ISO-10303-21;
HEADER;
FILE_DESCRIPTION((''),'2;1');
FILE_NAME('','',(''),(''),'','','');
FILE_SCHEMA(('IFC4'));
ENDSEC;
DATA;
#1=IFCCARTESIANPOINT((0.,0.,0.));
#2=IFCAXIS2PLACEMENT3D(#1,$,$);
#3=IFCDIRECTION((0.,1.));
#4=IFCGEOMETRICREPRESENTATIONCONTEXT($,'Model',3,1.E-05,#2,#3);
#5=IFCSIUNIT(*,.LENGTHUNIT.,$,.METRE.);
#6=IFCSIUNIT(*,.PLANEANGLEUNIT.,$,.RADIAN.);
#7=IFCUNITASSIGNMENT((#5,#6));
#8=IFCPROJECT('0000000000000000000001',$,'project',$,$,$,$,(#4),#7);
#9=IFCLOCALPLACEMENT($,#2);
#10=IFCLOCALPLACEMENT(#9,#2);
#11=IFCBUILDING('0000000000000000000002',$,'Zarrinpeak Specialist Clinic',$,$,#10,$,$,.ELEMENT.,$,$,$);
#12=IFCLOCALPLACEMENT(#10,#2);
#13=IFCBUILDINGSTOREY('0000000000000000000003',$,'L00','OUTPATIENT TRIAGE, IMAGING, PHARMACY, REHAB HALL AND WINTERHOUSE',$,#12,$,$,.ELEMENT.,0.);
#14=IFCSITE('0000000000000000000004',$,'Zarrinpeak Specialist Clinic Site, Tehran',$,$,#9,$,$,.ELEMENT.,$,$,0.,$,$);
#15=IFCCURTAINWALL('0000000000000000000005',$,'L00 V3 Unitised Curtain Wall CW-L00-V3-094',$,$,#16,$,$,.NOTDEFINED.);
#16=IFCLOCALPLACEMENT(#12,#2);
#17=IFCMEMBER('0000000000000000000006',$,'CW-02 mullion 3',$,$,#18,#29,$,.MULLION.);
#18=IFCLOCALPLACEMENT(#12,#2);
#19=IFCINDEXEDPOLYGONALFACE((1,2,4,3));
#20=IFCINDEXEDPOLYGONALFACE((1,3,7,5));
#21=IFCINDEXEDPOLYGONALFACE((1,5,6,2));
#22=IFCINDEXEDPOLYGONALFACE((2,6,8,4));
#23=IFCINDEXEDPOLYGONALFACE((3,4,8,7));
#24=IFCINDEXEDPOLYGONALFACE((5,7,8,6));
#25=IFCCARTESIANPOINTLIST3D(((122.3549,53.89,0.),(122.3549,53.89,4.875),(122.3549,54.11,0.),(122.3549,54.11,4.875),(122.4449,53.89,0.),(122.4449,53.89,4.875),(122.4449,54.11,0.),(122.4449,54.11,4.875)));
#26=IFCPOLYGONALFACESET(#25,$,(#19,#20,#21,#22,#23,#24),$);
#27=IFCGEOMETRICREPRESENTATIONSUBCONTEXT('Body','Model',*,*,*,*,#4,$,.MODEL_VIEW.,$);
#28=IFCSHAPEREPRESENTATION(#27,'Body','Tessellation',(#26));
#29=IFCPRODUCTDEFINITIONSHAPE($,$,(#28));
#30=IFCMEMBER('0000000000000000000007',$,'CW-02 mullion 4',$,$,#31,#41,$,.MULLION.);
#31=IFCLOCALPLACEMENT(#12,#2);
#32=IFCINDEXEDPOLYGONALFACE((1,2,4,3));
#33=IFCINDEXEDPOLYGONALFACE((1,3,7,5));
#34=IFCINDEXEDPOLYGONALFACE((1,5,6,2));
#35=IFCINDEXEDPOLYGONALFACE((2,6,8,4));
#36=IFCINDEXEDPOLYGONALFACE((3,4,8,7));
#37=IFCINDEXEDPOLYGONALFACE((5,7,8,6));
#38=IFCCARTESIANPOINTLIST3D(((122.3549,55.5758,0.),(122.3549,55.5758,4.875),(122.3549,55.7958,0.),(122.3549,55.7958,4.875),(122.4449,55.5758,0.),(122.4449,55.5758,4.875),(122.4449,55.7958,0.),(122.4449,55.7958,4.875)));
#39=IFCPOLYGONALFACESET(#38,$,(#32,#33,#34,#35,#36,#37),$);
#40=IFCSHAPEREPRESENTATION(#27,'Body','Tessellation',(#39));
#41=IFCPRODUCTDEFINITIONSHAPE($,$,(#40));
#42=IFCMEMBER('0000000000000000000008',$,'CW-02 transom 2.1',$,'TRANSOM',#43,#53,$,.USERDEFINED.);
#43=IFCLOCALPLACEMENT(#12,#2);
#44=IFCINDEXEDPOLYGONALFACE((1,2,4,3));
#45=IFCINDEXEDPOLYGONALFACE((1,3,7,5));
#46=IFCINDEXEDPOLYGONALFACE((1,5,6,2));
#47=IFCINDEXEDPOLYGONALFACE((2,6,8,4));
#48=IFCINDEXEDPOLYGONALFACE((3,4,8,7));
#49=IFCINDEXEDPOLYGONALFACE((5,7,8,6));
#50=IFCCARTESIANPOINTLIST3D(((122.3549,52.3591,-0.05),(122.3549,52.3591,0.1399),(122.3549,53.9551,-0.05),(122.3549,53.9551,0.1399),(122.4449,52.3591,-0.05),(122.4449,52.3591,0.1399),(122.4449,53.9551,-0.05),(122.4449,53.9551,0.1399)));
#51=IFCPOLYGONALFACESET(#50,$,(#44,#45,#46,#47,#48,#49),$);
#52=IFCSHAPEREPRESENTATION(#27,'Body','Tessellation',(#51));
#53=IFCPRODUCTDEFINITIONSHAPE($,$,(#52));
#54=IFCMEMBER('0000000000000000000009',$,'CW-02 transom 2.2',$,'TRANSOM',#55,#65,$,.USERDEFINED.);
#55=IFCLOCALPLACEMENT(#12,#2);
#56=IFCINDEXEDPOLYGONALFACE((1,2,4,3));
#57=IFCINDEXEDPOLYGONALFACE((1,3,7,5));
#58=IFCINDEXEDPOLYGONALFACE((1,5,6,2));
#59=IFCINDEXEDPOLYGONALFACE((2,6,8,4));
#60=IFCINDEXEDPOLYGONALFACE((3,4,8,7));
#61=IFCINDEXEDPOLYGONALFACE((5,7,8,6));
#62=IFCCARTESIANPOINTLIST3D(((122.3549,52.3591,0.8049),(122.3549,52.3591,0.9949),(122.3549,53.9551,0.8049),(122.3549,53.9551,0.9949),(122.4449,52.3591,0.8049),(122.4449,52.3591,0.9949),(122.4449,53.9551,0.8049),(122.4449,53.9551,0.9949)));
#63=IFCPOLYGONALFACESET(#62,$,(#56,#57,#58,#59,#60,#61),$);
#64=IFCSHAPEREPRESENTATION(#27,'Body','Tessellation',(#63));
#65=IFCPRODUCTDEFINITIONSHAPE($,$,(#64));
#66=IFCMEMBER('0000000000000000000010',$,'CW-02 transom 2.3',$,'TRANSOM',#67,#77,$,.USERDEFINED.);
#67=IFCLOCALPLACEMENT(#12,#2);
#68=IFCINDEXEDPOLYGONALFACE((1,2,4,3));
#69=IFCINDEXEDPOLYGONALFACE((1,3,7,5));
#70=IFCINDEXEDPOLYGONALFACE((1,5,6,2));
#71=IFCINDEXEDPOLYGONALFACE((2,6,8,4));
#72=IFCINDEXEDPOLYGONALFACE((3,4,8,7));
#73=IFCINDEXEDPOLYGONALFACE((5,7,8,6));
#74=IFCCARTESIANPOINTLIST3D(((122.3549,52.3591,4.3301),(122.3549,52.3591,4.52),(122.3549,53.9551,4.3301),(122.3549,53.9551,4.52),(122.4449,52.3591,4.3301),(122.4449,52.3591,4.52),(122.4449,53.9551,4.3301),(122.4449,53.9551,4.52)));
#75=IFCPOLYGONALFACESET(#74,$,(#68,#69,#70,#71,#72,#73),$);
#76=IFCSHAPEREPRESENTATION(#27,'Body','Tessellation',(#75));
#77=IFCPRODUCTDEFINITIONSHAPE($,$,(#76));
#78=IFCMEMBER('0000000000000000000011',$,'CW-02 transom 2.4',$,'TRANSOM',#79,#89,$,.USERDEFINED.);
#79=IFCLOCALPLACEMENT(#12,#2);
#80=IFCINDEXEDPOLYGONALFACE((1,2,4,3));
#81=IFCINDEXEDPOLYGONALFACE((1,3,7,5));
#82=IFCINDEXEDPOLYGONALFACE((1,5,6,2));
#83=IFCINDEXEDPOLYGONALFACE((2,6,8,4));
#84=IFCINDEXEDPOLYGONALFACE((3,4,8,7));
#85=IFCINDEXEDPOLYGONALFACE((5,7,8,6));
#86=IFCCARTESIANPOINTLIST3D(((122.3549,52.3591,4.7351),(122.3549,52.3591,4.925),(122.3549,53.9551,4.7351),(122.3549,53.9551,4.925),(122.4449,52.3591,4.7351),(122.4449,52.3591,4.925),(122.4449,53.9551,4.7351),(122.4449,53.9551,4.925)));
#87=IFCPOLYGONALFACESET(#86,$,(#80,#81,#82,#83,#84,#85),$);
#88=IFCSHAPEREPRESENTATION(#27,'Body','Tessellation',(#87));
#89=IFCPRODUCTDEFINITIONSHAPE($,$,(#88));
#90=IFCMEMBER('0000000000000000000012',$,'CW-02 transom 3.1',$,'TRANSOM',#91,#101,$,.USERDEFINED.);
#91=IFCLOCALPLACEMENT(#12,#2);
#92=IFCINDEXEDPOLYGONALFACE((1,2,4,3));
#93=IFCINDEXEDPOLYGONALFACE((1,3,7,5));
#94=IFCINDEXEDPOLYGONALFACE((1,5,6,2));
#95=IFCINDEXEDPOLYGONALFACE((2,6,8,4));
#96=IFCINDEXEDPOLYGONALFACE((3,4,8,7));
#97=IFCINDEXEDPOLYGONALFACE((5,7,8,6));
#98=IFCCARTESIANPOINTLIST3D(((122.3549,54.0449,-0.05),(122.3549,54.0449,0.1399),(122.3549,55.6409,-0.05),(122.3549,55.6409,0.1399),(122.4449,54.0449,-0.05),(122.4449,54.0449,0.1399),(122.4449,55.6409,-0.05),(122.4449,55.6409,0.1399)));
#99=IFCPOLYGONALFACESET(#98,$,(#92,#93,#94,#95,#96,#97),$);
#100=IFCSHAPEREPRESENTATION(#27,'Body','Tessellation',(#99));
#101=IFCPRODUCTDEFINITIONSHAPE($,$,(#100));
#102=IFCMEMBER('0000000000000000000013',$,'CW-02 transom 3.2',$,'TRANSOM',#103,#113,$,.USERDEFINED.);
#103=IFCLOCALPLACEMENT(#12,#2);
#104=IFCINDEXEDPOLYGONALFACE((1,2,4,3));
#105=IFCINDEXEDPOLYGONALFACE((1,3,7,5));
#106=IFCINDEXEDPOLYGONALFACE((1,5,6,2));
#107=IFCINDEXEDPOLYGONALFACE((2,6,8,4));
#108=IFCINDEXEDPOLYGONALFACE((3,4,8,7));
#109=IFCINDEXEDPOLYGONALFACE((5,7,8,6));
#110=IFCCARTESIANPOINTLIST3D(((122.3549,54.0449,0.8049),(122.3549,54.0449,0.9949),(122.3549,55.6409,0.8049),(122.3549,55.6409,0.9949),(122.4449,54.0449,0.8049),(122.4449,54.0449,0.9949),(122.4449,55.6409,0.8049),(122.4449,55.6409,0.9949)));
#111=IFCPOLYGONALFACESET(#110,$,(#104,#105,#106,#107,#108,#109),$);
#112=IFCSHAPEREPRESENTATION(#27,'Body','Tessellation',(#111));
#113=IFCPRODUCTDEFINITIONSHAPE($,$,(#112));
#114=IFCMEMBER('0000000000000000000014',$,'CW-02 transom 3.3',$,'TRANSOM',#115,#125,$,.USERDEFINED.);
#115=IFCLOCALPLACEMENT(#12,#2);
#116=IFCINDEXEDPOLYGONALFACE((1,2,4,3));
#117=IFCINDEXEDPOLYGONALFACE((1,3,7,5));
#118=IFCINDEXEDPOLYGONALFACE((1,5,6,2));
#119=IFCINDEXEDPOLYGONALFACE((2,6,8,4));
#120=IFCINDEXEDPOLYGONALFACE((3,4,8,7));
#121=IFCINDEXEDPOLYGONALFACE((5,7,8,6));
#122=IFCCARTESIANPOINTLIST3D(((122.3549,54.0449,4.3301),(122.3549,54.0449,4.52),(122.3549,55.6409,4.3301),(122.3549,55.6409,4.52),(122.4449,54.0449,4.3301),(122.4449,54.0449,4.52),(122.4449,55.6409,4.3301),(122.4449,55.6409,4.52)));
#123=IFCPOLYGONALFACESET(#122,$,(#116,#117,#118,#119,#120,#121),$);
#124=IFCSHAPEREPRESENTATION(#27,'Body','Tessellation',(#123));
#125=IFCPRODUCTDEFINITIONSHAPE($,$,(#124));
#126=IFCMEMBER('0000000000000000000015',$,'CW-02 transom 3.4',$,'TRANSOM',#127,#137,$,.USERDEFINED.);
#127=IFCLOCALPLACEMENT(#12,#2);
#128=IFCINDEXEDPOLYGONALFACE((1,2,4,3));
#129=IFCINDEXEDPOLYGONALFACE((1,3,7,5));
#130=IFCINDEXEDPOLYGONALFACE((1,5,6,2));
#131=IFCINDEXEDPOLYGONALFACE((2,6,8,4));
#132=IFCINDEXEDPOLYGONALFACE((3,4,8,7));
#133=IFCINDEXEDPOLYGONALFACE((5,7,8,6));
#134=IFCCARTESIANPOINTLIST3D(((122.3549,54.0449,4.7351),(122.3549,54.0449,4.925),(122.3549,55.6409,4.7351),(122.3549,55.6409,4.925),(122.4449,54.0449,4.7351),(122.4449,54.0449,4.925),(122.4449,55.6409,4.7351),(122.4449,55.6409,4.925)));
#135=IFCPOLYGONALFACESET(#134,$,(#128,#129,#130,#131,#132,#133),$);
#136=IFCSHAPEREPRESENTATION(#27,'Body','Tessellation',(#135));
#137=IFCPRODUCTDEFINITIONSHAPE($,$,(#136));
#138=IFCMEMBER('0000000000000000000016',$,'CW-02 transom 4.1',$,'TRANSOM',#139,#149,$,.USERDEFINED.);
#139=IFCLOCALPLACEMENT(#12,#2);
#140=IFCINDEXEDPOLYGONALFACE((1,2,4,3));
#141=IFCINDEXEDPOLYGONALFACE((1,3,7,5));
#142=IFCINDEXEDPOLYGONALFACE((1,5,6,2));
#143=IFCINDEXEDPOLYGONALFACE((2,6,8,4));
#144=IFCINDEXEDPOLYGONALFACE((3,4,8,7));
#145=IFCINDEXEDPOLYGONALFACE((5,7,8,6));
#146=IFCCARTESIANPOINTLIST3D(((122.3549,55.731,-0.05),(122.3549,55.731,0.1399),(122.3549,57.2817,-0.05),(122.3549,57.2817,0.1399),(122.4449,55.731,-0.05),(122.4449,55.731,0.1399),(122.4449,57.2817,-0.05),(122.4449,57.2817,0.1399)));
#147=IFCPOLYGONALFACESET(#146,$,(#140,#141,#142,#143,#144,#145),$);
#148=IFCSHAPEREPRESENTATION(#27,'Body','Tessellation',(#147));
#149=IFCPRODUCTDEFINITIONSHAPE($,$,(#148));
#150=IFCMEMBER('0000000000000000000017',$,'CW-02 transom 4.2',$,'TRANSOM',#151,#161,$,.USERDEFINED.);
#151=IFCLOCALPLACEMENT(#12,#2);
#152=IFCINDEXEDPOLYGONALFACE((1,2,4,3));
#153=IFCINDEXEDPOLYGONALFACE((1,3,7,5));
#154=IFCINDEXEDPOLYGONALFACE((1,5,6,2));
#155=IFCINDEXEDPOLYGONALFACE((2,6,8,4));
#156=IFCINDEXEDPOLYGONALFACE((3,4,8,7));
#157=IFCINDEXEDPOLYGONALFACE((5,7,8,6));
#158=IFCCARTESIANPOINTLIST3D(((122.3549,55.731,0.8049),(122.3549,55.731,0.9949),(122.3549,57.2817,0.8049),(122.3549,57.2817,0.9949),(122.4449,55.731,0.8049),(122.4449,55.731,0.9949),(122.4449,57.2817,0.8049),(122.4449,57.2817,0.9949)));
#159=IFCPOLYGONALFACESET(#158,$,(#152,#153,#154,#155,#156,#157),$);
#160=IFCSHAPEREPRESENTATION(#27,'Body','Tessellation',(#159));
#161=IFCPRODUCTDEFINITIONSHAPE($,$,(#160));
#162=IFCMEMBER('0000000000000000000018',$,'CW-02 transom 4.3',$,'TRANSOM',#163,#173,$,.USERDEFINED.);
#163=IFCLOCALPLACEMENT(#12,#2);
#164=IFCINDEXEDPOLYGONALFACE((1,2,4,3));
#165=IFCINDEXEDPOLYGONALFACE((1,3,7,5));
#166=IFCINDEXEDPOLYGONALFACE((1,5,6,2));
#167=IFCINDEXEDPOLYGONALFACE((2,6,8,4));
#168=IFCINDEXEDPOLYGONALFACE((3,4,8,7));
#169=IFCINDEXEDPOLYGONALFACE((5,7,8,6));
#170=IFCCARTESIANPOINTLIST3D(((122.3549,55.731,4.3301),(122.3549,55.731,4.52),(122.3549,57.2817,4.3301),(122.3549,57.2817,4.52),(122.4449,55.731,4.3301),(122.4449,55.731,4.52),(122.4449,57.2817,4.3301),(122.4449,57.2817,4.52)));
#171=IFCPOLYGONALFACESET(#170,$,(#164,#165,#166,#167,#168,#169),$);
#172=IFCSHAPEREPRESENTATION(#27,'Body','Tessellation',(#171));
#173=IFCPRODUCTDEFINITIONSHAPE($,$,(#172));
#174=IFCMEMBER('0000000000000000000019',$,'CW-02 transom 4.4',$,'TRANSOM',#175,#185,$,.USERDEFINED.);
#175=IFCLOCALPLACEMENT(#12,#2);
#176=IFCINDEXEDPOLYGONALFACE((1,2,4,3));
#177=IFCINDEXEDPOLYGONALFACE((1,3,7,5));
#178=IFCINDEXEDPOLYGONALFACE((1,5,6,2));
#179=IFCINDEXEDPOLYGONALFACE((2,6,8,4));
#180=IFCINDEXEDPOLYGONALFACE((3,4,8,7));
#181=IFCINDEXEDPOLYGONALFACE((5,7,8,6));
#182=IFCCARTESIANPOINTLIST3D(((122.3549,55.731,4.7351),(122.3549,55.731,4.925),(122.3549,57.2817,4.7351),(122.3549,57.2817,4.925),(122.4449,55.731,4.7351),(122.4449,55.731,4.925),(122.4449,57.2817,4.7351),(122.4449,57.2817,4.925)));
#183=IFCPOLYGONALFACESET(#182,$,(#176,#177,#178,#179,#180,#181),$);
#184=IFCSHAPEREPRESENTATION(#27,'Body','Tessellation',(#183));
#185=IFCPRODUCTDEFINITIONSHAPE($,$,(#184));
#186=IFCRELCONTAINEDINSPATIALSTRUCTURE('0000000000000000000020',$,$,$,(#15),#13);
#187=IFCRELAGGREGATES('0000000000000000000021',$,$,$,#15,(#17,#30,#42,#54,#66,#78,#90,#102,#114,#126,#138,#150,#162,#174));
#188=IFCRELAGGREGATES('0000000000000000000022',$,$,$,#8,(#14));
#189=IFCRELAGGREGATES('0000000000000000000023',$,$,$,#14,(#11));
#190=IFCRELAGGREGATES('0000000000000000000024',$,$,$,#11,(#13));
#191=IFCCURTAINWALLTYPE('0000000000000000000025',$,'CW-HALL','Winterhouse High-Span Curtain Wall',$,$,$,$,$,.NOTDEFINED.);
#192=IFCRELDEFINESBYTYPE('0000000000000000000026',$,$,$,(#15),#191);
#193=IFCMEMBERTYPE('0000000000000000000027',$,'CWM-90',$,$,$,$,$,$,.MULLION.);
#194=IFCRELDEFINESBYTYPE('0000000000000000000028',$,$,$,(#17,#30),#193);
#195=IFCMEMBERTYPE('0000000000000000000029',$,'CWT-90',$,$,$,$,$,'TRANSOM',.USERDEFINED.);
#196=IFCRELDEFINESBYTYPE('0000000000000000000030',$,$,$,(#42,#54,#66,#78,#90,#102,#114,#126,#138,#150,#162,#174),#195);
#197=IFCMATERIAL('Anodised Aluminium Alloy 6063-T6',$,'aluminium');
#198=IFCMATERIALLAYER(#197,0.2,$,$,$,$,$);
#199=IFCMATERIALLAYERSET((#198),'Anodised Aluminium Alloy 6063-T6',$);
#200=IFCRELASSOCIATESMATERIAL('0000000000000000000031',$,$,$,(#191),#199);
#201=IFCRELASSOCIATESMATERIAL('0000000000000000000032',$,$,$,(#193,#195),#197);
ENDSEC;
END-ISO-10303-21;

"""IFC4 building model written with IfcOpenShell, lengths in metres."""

from ifc_helpers import new_model, si_unit, direction, frame, origin, origin_2d, place, context, subcontext, project, spatial, rectangle, extrude, material, layer, layer_set, material_profile, profile_set, type_object, element, aggregate, save


model = new_model("IFC4")

# Units and contexts
model_context = context("Model", 3, precision=1e-05, world=origin(), true_north=direction((0.0, 1.0)))
body_context = subcontext(model_context, "Body", "Model", "MODEL_VIEW")
ifc_project = project(units=[si_unit("LENGTHUNIT", "METRE"), si_unit("PLANEANGLEUNIT", "RADIAN")], contexts=[model_context])

# Site, building, storey
site_placement = place(None, origin())
site = spatial("IfcSite", under=ifc_project, at=site_placement, Name="Zarrinpeak Specialist Clinic Site, Tehran", CompositionType="ELEMENT", RefElevation=0.0)
building_placement = place(site_placement, origin())
building = spatial("IfcBuilding", under=site, at=building_placement, Name="Zarrinpeak Specialist Clinic", CompositionType="ELEMENT")
storey_placement = place(building_placement, origin())
storey = spatial("IfcBuildingStorey", under=building, at=storey_placement, Name="L00", Description="OUTPATIENT TRIAGE, IMAGING, PHARMACY, REHAB HALL AND WINTERHOUSE", CompositionType="ELEMENT", Elevation=0.0)

# Curtain wall, members
ifc_material_1 = material(Name="Anodised Aluminium Alloy 6063-T6", Category="aluminium")
ifc_layer_1 = layer(ifc_material_1, 0.2)
ifc_layer_set_1 = layer_set([ifc_layer_1], Name="Anodised Aluminium Alloy 6063-T6")
curtain_wall_type = type_object("IfcCurtainWallType", Name="CW-HALL", Description="Winterhouse High-Span Curtain Wall", PredefinedType="NOTDEFINED", material=ifc_layer_set_1)
curtain_wall_placement = place(storey_placement, origin())
curtain_wall = element("IfcCurtainWall", 1, at=curtain_wall_placement, inside=storey, type_object=curtain_wall_type, Name="L00 V3 Unitised Curtain Wall CW-L00-V3-094", PredefinedType="NOTDEFINED")
ifc_material_profile_1 = material_profile(ifc_material_1, rectangle(XDim=0.0901, YDim=0.22, at=origin_2d()), Name="ALU 90x220")
ifc_profile_set_1 = profile_set([ifc_material_profile_1], Name="Anodised Aluminium Alloy 6063-T6")
member_type_1 = type_object("IfcMemberType", Name="CWM-90", PredefinedType="MULLION", material=ifc_profile_set_1)
member_1_placement = place(storey_placement, frame((122.3999, 54.0, 0.0), z_axis=(0.0, 0.0, 1.0), x_axis=(-1.0, 0.0, 0.0)))
member_1 = element("IfcMember", 2, at=member_1_placement, type_object=member_type_1, Name="CW-02 mullion 3", PredefinedType="MULLION", context=body_context, shape_type="SweptSolid", body=[
    extrude(rectangle(XDim=0.0901, YDim=0.22, at=origin_2d()), origin(), (0.0, 0.0, 1.0), 4.875),
])
member_2_placement = place(storey_placement, frame((122.3999, 55.6858, 0.0), z_axis=(0.0, 0.0, 1.0), x_axis=(-1.0, 0.0, 0.0)))
member_2 = element("IfcMember", 3, at=member_2_placement, type_object=member_type_1, Name="CW-02 mullion 4", PredefinedType="MULLION", context=body_context, shape_type="SweptSolid", body=[
    extrude(rectangle(XDim=0.0901, YDim=0.22, at=origin_2d()), origin(), (0.0, 0.0, 1.0), 4.875),
])
ifc_material_profile_2 = material_profile(ifc_material_1, rectangle(XDim=0.0901, YDim=0.1899, at=origin_2d()), Name="ALU 90x190")
ifc_profile_set_2 = profile_set([ifc_material_profile_2], Name="Anodised Aluminium Alloy 6063-T6")
member_type_2 = type_object("IfcMemberType", Name="CWT-90", ElementType="TRANSOM", PredefinedType="USERDEFINED", material=ifc_profile_set_2)
member_3_placement = place(storey_placement, frame((122.3999, 52.3591, 0.0449), z_axis=(0.0, 1.0, 0.0), x_axis=(-1.0, 0.0, 0.0)))
member_3 = element("IfcMember", 4, at=member_3_placement, type_object=member_type_2, Name="CW-02 transom 2.1", ObjectType="TRANSOM", PredefinedType="USERDEFINED", context=body_context, shape_type="SweptSolid", body=[
    extrude(rectangle(XDim=0.0901, YDim=0.1899, at=origin_2d()), origin(), (0.0, 0.0, 1.0), 1.5959),
])
member_4_placement = place(storey_placement, frame((122.3999, 52.3591, 0.8999), z_axis=(0.0, 1.0, 0.0), x_axis=(-1.0, 0.0, 0.0)))
member_4 = element("IfcMember", 5, at=member_4_placement, type_object=member_type_2, Name="CW-02 transom 2.2", ObjectType="TRANSOM", PredefinedType="USERDEFINED", context=body_context, shape_type="SweptSolid", body=[
    extrude(rectangle(XDim=0.0901, YDim=0.1899, at=origin_2d()), origin(), (0.0, 0.0, 1.0), 1.5959),
])
member_5_placement = place(storey_placement, frame((122.3999, 52.3591, 4.425), z_axis=(0.0, 1.0, 0.0), x_axis=(-1.0, 0.0, 0.0)))
member_5 = element("IfcMember", 6, at=member_5_placement, type_object=member_type_2, Name="CW-02 transom 2.3", ObjectType="TRANSOM", PredefinedType="USERDEFINED", context=body_context, shape_type="SweptSolid", body=[
    extrude(rectangle(XDim=0.0901, YDim=0.1899, at=origin_2d()), origin(), (0.0, 0.0, 1.0), 1.5959),
])
member_6_placement = place(storey_placement, frame((122.3999, 52.3591, 4.8301), z_axis=(0.0, 1.0, 0.0), x_axis=(-1.0, 0.0, 0.0)))
member_6 = element("IfcMember", 7, at=member_6_placement, type_object=member_type_2, Name="CW-02 transom 2.4", ObjectType="TRANSOM", PredefinedType="USERDEFINED", context=body_context, shape_type="SweptSolid", body=[
    extrude(rectangle(XDim=0.0901, YDim=0.1899, at=origin_2d()), origin(), (0.0, 0.0, 1.0), 1.5959),
])
member_7_placement = place(storey_placement, frame((122.3999, 54.0449, 0.0449), z_axis=(0.0, 1.0, 0.0), x_axis=(-1.0, 0.0, 0.0)))
member_7 = element("IfcMember", 8, at=member_7_placement, type_object=member_type_2, Name="CW-02 transom 3.1", ObjectType="TRANSOM", PredefinedType="USERDEFINED", context=body_context, shape_type="SweptSolid", body=[
    extrude(rectangle(XDim=0.0901, YDim=0.1899, at=origin_2d()), origin(), (0.0, 0.0, 1.0), 1.5959),
])
member_8_placement = place(storey_placement, frame((122.3999, 54.0449, 0.8999), z_axis=(0.0, 1.0, 0.0), x_axis=(-1.0, 0.0, 0.0)))
member_8 = element("IfcMember", 9, at=member_8_placement, type_object=member_type_2, Name="CW-02 transom 3.2", ObjectType="TRANSOM", PredefinedType="USERDEFINED", context=body_context, shape_type="SweptSolid", body=[
    extrude(rectangle(XDim=0.0901, YDim=0.1899, at=origin_2d()), origin(), (0.0, 0.0, 1.0), 1.5959),
])
member_9_placement = place(storey_placement, frame((122.3999, 54.0449, 4.425), z_axis=(0.0, 1.0, 0.0), x_axis=(-1.0, 0.0, 0.0)))
member_9 = element("IfcMember", 10, at=member_9_placement, type_object=member_type_2, Name="CW-02 transom 3.3", ObjectType="TRANSOM", PredefinedType="USERDEFINED", context=body_context, shape_type="SweptSolid", body=[
    extrude(rectangle(XDim=0.0901, YDim=0.1899, at=origin_2d()), origin(), (0.0, 0.0, 1.0), 1.5959),
])
member_10_placement = place(storey_placement, frame((122.3999, 54.0449, 4.8301), z_axis=(0.0, 1.0, 0.0), x_axis=(-1.0, 0.0, 0.0)))
member_10 = element("IfcMember", 11, at=member_10_placement, type_object=member_type_2, Name="CW-02 transom 3.4", ObjectType="TRANSOM", PredefinedType="USERDEFINED", context=body_context, shape_type="SweptSolid", body=[
    extrude(rectangle(XDim=0.0901, YDim=0.1899, at=origin_2d()), origin(), (0.0, 0.0, 1.0), 1.5959),
])
member_11_placement = place(storey_placement, frame((122.3999, 55.731, 0.0449), z_axis=(0.0, 1.0, 0.0), x_axis=(-1.0, 0.0, 0.0)))
member_11 = element("IfcMember", 12, at=member_11_placement, type_object=member_type_2, Name="CW-02 transom 4.1", ObjectType="TRANSOM", PredefinedType="USERDEFINED", context=body_context, shape_type="SweptSolid", body=[
    extrude(rectangle(XDim=0.0901, YDim=0.1899, at=origin_2d()), origin(), (0.0, 0.0, 1.0), 1.5508),
])
member_12_placement = place(storey_placement, frame((122.3999, 55.731, 0.8999), z_axis=(0.0, 1.0, 0.0), x_axis=(-1.0, 0.0, 0.0)))
member_12 = element("IfcMember", 13, at=member_12_placement, type_object=member_type_2, Name="CW-02 transom 4.2", ObjectType="TRANSOM", PredefinedType="USERDEFINED", context=body_context, shape_type="SweptSolid", body=[
    extrude(rectangle(XDim=0.0901, YDim=0.1899, at=origin_2d()), origin(), (0.0, 0.0, 1.0), 1.5508),
])
member_13_placement = place(storey_placement, frame((122.3999, 55.731, 4.425), z_axis=(0.0, 1.0, 0.0), x_axis=(-1.0, 0.0, 0.0)))
member_13 = element("IfcMember", 14, at=member_13_placement, type_object=member_type_2, Name="CW-02 transom 4.3", ObjectType="TRANSOM", PredefinedType="USERDEFINED", context=body_context, shape_type="SweptSolid", body=[
    extrude(rectangle(XDim=0.0901, YDim=0.1899, at=origin_2d()), origin(), (0.0, 0.0, 1.0), 1.5508),
])
member_14_placement = place(storey_placement, frame((122.3999, 55.731, 4.8301), z_axis=(0.0, 1.0, 0.0), x_axis=(-1.0, 0.0, 0.0)))
member_14 = element("IfcMember", 15, at=member_14_placement, type_object=member_type_2, Name="CW-02 transom 4.4", ObjectType="TRANSOM", PredefinedType="USERDEFINED", context=body_context, shape_type="SweptSolid", body=[
    extrude(rectangle(XDim=0.0901, YDim=0.1899, at=origin_2d()), origin(), (0.0, 0.0, 1.0), 1.5508),
])
aggregate(curtain_wall, [member_1, member_2, member_3, member_4, member_5, member_6, member_7, member_8, member_9, member_10, member_11, member_12, member_13, member_14])

save(model, "model.ifc")
